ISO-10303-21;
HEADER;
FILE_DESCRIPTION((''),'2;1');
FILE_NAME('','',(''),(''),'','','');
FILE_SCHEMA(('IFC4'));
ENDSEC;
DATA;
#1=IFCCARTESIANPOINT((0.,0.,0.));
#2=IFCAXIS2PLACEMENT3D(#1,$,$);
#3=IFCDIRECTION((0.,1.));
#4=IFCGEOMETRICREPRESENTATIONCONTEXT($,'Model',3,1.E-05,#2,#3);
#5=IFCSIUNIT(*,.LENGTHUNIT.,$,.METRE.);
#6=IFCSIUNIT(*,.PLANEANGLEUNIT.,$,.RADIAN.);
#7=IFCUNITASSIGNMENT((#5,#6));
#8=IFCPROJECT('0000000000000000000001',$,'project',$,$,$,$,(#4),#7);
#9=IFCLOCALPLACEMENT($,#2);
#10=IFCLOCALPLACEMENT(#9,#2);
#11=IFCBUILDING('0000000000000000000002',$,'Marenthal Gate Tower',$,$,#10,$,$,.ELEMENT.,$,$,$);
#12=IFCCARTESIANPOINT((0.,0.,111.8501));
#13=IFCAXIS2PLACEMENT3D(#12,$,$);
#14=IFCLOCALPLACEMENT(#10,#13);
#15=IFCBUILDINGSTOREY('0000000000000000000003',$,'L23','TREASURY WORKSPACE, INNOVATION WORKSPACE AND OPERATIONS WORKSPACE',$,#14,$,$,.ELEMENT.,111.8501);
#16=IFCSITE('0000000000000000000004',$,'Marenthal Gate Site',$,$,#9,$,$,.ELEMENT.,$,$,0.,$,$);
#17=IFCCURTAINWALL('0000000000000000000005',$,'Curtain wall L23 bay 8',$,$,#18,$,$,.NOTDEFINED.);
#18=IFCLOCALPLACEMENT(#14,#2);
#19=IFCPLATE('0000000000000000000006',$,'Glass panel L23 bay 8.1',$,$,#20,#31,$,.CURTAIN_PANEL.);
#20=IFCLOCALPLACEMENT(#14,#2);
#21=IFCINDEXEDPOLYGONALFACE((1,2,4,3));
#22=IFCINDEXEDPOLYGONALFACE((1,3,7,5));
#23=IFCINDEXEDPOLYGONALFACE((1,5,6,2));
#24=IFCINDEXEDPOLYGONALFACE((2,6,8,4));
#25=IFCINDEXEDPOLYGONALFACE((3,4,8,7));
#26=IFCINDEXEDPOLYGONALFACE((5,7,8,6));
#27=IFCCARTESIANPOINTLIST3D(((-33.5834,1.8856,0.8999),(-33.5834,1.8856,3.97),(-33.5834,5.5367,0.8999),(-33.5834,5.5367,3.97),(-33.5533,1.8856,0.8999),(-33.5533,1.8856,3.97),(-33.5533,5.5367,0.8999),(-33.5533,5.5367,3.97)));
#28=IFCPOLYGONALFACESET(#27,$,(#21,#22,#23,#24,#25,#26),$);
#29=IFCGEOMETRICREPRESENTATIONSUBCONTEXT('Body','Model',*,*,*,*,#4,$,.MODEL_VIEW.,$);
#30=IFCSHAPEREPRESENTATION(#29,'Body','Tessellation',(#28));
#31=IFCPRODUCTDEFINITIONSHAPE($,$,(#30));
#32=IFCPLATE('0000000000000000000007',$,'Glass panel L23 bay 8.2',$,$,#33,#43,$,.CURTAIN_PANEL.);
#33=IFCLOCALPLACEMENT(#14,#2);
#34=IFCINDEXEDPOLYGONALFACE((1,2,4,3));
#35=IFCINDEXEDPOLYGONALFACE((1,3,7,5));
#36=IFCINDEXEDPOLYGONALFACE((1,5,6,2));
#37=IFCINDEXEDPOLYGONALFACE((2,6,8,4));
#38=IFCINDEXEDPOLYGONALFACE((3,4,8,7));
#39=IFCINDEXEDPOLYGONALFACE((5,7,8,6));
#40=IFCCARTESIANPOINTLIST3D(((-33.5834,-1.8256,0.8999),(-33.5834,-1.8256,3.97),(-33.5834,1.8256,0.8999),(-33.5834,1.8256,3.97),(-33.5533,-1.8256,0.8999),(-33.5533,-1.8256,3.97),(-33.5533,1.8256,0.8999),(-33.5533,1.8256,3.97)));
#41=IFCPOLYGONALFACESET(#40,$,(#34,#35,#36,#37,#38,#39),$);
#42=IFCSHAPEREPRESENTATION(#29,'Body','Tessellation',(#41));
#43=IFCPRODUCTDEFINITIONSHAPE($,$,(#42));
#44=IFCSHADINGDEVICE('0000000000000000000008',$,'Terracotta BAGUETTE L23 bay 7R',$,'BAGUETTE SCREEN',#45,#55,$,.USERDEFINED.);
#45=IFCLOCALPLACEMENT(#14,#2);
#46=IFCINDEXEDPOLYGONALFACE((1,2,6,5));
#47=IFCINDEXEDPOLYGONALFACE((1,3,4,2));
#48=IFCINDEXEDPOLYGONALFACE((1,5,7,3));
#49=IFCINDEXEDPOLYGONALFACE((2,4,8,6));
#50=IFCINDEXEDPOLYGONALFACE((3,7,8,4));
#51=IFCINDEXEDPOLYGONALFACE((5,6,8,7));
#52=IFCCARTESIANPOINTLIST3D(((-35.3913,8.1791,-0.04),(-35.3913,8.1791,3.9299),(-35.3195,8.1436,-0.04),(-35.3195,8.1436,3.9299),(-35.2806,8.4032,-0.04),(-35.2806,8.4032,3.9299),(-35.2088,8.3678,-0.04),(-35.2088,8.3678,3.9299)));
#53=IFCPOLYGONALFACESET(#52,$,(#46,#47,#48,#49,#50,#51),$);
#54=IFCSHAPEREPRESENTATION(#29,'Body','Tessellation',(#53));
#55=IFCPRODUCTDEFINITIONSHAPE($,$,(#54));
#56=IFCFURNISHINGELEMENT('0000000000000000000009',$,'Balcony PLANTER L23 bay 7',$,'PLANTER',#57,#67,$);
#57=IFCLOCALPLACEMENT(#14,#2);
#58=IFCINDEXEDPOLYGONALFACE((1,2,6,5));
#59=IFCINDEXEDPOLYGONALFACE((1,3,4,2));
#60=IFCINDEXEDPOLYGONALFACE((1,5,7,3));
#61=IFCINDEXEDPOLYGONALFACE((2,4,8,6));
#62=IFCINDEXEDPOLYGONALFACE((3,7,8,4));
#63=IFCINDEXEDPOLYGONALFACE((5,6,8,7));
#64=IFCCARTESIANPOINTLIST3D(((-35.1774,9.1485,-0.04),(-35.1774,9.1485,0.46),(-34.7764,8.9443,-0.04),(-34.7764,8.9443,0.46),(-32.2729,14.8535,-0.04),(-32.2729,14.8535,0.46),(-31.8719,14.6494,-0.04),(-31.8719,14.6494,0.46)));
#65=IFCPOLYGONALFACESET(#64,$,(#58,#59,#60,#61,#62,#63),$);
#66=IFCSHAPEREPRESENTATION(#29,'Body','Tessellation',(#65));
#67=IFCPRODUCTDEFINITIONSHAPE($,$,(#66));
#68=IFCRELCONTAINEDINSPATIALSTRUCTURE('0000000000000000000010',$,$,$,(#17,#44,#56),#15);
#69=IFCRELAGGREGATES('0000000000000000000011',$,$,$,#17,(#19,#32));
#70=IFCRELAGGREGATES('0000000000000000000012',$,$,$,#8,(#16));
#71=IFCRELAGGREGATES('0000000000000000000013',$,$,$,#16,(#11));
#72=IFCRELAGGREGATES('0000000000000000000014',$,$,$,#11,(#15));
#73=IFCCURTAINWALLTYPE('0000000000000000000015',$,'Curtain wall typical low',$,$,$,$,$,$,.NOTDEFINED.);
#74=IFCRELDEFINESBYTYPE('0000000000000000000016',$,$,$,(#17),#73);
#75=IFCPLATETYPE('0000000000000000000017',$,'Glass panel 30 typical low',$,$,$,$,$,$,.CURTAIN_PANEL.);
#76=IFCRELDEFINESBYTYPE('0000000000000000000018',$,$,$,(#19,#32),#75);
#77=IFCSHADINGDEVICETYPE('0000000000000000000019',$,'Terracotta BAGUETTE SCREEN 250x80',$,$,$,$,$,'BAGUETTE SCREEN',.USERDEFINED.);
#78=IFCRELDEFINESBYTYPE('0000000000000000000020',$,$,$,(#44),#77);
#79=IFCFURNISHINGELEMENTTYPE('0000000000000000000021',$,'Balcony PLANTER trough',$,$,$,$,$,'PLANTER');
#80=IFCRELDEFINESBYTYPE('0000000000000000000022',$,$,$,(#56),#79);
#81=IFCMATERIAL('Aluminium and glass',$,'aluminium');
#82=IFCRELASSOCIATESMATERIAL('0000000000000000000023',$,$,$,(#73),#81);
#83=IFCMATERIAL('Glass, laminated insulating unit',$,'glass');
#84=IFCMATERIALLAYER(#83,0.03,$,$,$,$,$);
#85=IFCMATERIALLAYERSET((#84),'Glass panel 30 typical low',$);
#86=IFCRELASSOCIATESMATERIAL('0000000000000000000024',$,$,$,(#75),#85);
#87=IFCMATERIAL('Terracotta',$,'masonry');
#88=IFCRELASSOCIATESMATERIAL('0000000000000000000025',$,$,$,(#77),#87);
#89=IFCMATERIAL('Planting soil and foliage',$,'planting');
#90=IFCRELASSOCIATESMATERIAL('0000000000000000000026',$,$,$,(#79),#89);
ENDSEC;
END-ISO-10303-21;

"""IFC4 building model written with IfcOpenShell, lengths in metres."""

from ifc_helpers import new_model, si_unit, direction, frame, origin, origin_2d, place, context, subcontext, project, spatial, rectangle, extrude, material, layer, layer_set, material_profile, profile_set, type_object, element, aggregate, save


model = new_model("IFC4")

# Units and contexts
model_context = context("Model", 3, precision=1e-05, world=origin(), true_north=direction((0.0, 1.0)))
body_context = subcontext(model_context, "Body", "Model", "MODEL_VIEW")
ifc_project = project(units=[si_unit("LENGTHUNIT", "METRE"), si_unit("PLANEANGLEUNIT", "RADIAN")], contexts=[model_context])

# Site, building, storey
site_placement = place(None, origin())
site = spatial("IfcSite", under=ifc_project, at=site_placement, Name="Marenthal Gate Site", CompositionType="ELEMENT", RefElevation=0.0)
building_placement = place(site_placement, origin())
building = spatial("IfcBuilding", under=site, at=building_placement, Name="Marenthal Gate Tower", CompositionType="ELEMENT")
storey_placement = place(building_placement, frame((0.0, 0.0, 111.8501)))
storey = spatial("IfcBuildingStorey", under=building, at=storey_placement, Name="L23", Description="TREASURY WORKSPACE, INNOVATION WORKSPACE AND OPERATIONS WORKSPACE", CompositionType="ELEMENT", Elevation=111.8501)

# Curtain wall
ifc_material_1 = material(Name="Aluminium and glass", Category="aluminium")
curtain_wall_type = type_object("IfcCurtainWallType", Name="Curtain wall typical low", PredefinedType="NOTDEFINED", material=ifc_material_1)
curtain_wall_placement = place(storey_placement, origin())
curtain_wall = element("IfcCurtainWall", 1, at=curtain_wall_placement, inside=storey, type_object=curtain_wall_type, Name="Curtain wall L23 bay 8", PredefinedType="NOTDEFINED")

# Plates
ifc_material_2 = material(Name="Glass, laminated insulating unit", Category="glass")
ifc_layer = layer(ifc_material_2, 0.03)
ifc_layer_set = layer_set([ifc_layer], Name="Glass panel 30 typical low")
plate_type = type_object("IfcPlateType", Name="Glass panel 30 typical low", PredefinedType="CURTAIN_PANEL", material=ifc_layer_set)
plate_1_placement = place(storey_placement, frame((-33.5684, 3.7112, 0.8999), z_axis=(0.0, 0.0, 1.0), x_axis=(0.0, -1.0, 0.0)))
plate_1 = element("IfcPlate", 2, at=plate_1_placement, type_object=plate_type, Name="Glass panel L23 bay 8.1", PredefinedType="CURTAIN_PANEL", context=body_context, shape_type="SweptSolid", body=[
    extrude(rectangle(XDim=3.6511, YDim=0.03, at=origin_2d()), origin(), (0.0, 0.0, 1.0), 3.0701),
])
plate_2_placement = place(storey_placement, frame((-33.5684, 0.0, 0.8999), z_axis=(0.0, 0.0, 1.0), x_axis=(0.0, -1.0, 0.0)))
plate_2 = element("IfcPlate", 3, at=plate_2_placement, type_object=plate_type, Name="Glass panel L23 bay 8.2", PredefinedType="CURTAIN_PANEL", context=body_context, shape_type="SweptSolid", body=[
    extrude(rectangle(XDim=3.6511, YDim=0.03, at=origin_2d()), origin(), (0.0, 0.0, 1.0), 3.0701),
])
aggregate(curtain_wall, [plate_1, plate_2])

# Shading device
ifc_material_3 = material(Name="Terracotta", Category="masonry")
ifc_material_profile_1 = material_profile(ifc_material_3, rectangle(XDim=0.25, YDim=0.0801, at=origin_2d()), Name="Terracotta baguette 250x80")
ifc_profile_set_1 = profile_set([ifc_material_profile_1], Name="Terracotta")
shading_device_type = type_object("IfcShadingDeviceType", Name="Terracotta BAGUETTE SCREEN 250x80", ElementType="BAGUETTE SCREEN", PredefinedType="USERDEFINED", material=ifc_profile_set_1)
shading_device_placement = place(storey_placement, frame((-35.3, 8.2734, -0.04), z_axis=(0.0, 0.0, 1.0), x_axis=(-0.442731, -0.896654, 0.0)))
element("IfcShadingDevice", 4, at=shading_device_placement, inside=storey, type_object=shading_device_type, Name="Terracotta BAGUETTE L23 bay 7R", ObjectType="BAGUETTE SCREEN", PredefinedType="USERDEFINED", context=body_context, shape_type="SweptSolid", body=[
    extrude(rectangle(XDim=0.25, YDim=0.0801, at=origin_2d()), origin(), (0.0, 0.0, 1.0), 3.97),
])

# Furnishing element
ifc_material_4 = material(Name="Planting soil and foliage", Category="planting")
furnishing_element_type = type_object("IfcFurnishingElementType", Name="Balcony PLANTER trough", ElementType="PLANTER", material=ifc_material_4)
furnishing_placement = place(storey_placement, frame((-33.5247, 11.8989, -0.04), z_axis=(0.0, 0.0, 1.0), x_axis=(-0.453688, -0.891161, 0.0)))
element("IfcFurnishingElement", 5, at=furnishing_placement, inside=storey, type_object=furnishing_element_type, Name="Balcony PLANTER L23 bay 7", ObjectType="PLANTER", context=body_context, shape_type="SweptSolid", body=[
    extrude(rectangle(XDim=6.4019, YDim=0.45, at=origin_2d()), origin(), (0.0, 0.0, 1.0), 0.5),
])

save(model, "model.ifc")
